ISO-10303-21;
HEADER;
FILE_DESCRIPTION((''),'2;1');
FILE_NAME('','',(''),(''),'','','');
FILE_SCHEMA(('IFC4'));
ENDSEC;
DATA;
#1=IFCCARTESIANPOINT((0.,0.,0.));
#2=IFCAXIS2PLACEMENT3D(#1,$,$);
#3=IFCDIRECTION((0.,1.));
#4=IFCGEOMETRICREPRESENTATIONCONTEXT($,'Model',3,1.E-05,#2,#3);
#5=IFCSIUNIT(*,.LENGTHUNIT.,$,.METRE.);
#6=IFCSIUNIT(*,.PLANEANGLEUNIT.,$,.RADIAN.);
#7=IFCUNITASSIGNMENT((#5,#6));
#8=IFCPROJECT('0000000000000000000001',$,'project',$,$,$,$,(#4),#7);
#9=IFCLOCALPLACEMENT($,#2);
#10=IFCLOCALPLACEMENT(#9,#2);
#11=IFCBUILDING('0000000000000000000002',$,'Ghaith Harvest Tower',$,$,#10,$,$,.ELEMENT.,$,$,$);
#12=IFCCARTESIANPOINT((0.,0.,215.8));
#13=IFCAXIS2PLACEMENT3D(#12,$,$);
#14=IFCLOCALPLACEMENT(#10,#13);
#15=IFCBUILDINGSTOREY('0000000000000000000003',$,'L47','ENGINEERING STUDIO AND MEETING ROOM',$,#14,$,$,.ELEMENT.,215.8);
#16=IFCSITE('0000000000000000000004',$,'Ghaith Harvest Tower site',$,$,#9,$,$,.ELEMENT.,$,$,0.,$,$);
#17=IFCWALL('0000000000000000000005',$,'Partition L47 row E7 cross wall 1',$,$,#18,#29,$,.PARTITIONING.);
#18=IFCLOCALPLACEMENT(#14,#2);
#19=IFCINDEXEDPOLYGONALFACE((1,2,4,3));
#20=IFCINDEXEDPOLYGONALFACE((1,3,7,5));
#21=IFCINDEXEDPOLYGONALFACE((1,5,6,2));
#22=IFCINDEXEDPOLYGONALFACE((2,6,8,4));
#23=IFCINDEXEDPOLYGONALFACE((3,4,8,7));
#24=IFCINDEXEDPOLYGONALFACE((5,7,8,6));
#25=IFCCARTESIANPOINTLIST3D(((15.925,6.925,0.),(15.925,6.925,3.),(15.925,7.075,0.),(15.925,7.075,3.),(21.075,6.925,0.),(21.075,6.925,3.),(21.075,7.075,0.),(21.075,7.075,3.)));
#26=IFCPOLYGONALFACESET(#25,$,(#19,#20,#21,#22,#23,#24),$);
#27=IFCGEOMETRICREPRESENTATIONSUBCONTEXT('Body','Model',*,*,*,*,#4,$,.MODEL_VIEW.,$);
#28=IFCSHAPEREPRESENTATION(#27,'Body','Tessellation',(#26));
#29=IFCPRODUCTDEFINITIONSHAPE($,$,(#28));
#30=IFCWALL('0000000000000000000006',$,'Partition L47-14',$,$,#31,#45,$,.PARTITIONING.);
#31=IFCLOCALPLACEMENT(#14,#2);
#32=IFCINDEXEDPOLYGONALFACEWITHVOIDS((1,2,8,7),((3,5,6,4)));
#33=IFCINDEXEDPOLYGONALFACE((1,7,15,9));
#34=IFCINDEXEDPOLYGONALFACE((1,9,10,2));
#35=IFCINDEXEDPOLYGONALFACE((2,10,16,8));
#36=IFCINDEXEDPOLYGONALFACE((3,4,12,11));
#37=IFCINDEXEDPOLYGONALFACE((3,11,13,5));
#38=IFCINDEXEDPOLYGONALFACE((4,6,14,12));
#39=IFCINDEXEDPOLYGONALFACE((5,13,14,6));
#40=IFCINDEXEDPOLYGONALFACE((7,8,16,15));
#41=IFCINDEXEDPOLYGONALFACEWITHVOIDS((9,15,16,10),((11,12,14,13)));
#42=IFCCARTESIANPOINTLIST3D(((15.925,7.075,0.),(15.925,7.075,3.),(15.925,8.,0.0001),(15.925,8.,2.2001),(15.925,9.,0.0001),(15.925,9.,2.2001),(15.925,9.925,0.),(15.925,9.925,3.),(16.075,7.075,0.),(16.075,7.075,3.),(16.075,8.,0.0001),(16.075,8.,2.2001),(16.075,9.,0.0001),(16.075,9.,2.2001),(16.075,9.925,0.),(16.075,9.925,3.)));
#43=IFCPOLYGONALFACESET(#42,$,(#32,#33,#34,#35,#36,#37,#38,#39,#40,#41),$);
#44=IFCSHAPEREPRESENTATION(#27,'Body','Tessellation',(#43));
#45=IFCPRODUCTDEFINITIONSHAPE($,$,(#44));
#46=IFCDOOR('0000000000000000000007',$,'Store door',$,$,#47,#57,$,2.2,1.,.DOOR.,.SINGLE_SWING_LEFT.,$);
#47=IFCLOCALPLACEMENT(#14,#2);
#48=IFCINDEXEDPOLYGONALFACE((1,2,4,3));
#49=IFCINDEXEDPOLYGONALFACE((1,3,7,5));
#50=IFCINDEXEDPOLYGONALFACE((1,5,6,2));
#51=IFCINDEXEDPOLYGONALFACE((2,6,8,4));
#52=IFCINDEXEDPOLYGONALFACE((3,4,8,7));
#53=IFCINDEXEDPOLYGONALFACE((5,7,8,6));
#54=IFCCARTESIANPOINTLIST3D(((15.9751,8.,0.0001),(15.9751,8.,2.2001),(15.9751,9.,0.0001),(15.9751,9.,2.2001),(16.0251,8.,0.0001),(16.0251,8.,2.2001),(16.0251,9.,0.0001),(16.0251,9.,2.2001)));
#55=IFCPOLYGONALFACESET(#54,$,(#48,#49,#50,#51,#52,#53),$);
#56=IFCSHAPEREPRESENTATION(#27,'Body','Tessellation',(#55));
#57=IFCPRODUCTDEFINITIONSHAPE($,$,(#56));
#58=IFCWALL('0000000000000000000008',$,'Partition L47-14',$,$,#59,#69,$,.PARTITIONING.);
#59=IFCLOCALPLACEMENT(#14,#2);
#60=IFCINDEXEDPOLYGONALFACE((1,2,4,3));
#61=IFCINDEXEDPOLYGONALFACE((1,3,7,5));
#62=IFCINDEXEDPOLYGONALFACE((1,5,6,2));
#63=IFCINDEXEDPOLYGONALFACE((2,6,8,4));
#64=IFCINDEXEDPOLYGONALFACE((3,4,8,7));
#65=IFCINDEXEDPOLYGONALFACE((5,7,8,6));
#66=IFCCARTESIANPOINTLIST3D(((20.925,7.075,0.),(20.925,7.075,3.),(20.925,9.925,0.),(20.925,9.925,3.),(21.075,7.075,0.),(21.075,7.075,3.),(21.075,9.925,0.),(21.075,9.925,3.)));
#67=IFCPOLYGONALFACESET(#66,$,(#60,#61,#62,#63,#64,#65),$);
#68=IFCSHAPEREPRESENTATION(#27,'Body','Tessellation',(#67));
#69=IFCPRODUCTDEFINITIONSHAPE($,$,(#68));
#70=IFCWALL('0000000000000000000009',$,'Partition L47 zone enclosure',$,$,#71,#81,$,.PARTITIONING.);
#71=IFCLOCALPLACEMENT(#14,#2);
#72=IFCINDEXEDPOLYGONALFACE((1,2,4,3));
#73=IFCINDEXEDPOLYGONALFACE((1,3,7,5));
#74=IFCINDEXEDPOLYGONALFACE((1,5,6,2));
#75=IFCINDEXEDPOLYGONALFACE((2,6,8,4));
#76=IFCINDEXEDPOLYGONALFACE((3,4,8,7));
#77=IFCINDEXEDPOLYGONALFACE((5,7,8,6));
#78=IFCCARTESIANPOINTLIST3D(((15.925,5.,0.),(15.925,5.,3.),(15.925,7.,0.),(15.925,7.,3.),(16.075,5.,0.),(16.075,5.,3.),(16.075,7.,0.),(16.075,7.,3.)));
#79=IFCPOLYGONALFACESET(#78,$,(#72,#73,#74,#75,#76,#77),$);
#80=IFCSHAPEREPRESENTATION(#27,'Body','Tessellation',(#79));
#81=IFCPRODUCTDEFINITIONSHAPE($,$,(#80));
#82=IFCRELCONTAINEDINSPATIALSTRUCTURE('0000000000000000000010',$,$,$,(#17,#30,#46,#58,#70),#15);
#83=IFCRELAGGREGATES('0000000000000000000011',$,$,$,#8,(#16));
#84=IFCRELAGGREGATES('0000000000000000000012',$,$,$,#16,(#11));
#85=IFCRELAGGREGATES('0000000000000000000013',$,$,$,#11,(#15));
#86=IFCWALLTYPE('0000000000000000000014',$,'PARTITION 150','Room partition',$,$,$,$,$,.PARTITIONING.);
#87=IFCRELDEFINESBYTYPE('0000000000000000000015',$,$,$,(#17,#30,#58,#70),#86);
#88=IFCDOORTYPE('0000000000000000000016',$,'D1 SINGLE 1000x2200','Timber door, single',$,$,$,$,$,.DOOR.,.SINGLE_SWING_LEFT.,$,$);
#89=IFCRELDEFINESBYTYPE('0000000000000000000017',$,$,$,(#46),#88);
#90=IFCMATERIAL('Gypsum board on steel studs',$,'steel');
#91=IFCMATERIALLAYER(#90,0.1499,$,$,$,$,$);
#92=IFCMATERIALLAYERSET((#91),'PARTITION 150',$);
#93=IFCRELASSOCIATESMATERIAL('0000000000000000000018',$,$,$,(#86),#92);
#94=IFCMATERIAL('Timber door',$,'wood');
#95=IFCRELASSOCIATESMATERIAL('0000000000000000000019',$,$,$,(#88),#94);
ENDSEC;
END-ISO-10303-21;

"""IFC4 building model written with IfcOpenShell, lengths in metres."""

from ifc_helpers import new_model, si_unit, direction, frame, frame_2d, origin, place, context, subcontext, project, spatial, rectangle, extrude, material, layer, layer_set, type_object, element, fill, save


model = new_model("IFC4")

# Units and contexts
model_context = context("Model", 3, precision=1e-05, world=origin(), true_north=direction((0.0, 1.0)))
body_context = subcontext(model_context, "Body", "Model", "MODEL_VIEW")
ifc_project = project(units=[si_unit("LENGTHUNIT", "METRE"), si_unit("PLANEANGLEUNIT", "RADIAN")], contexts=[model_context])

# Site, building, storey
site_placement = place(None, origin())
site = spatial("IfcSite", under=ifc_project, at=site_placement, Name="Ghaith Harvest Tower site", CompositionType="ELEMENT", RefElevation=0.0)
building_placement = place(site_placement, origin())
building = spatial("IfcBuilding", under=site, at=building_placement, Name="Ghaith Harvest Tower", CompositionType="ELEMENT")
storey_placement = place(building_placement, frame((0.0, 0.0, 215.8)))
storey = spatial("IfcBuildingStorey", under=building, at=storey_placement, Name="L47", Description="ENGINEERING STUDIO AND MEETING ROOM", CompositionType="ELEMENT", Elevation=215.8)

# Wall
ifc_material_1 = material(Name="Gypsum board on steel studs", Category="steel")
ifc_layer_1 = layer(ifc_material_1, 0.1499)
ifc_layer_set_1 = layer_set([ifc_layer_1], Name="PARTITION 150")
wall_type_1 = type_object("IfcWallType", Name="PARTITION 150", Description="Room partition", PredefinedType="PARTITIONING", material=ifc_layer_set_1)
wall_1_placement = place(storey_placement, frame((15.925, 7.0, 0.0), z_axis=(0.0, 0.0, 1.0), x_axis=(1.0, 0.0, 0.0)))
element("IfcWall", 1, at=wall_1_placement, inside=storey, type_object=wall_type_1, Name="Partition L47 row E7 cross wall 1", PredefinedType="PARTITIONING", context=body_context, shape_type="SweptSolid", body=[
    extrude(rectangle(XDim=5.1499, YDim=0.1499, at=frame_2d((2.575, 0.0))), origin(), (0.0, 0.0, 1.0), 3.0),
])

# Wall, opening, door
wall_2_placement = place(storey_placement, frame((16.0, 7.075, 0.0), z_axis=(0.0, 0.0, 1.0), x_axis=(0.0, 1.0, 0.0)))
wall_2 = element("IfcWall", 2, at=wall_2_placement, inside=storey, type_object=wall_type_1, Name="Partition L47-14", PredefinedType="PARTITIONING", context=body_context, shape_type="SweptSolid", body=[
    extrude(rectangle(XDim=2.8501, YDim=0.1499, at=frame_2d((1.425, 0.0))), origin(), (0.0, 0.0, 1.0), 3.0),
])
opening_1_placement = place(wall_2_placement, frame((0.925, 0.0, 0.0)))
opening_1 = element("IfcOpeningElement", 3, at=opening_1_placement, cuts=wall_2, PredefinedType="OPENING", context=body_context, shape_type="SweptSolid", body=[
    extrude(rectangle(XDim=1.0, YDim=2.2, at=frame_2d((0.5, 1.1001))), frame((0.0, 0.085, 0.0), z_axis=(0.0, -1.0, 0.0), x_axis=(1.0, 0.0, 0.0)), (0.0, 0.0, 1.0), 0.1699),
])
ifc_material_2 = material(Name="Timber door", Category="wood")
door_type_1 = type_object("IfcDoorType", Name="D1 SINGLE 1000x2200", Description="Timber door, single", OperationType="SINGLE_SWING_LEFT", PredefinedType="DOOR", material=ifc_material_2)
door_1_placement = place(opening_1_placement, origin())
door_1 = element("IfcDoor", 4, at=door_1_placement, inside=storey, type_object=door_type_1, Name="Store door", OperationType="SINGLE_SWING_LEFT", OverallHeight=2.2, OverallWidth=1.0, PredefinedType="DOOR", context=body_context, shape_type="SweptSolid", body=[
    extrude(rectangle(XDim=1.0, YDim=2.2, at=frame_2d((0.5, 1.1001))), frame((0.0, 0.0249, 0.0), z_axis=(0.0, -1.0, 0.0), x_axis=(1.0, 0.0, 0.0)), (0.0, 0.0, 1.0), 0.05),
])
fill(opening_1, door_1)

# Walls
wall_3_placement = place(storey_placement, frame((21.0, 7.075, 0.0), z_axis=(0.0, 0.0, 1.0), x_axis=(0.0, 1.0, 0.0)))
element("IfcWall", 5, at=wall_3_placement, inside=storey, type_object=wall_type_1, Name="Partition L47-14", PredefinedType="PARTITIONING", context=body_context, shape_type="SweptSolid", body=[
    extrude(rectangle(XDim=2.8501, YDim=0.1499, at=frame_2d((1.425, 0.0))), origin(), (0.0, 0.0, 1.0), 3.0),
])
wall_4_placement = place(storey_placement, frame((16.0, 5.0, 0.0), z_axis=(0.0, 0.0, 1.0), x_axis=(0.0, 1.0, 0.0)))
element("IfcWall", 6, at=wall_4_placement, inside=storey, type_object=wall_type_1, Name="Partition L47 zone enclosure", PredefinedType="PARTITIONING", context=body_context, shape_type="SweptSolid", body=[
    extrude(rectangle(XDim=2.0, YDim=0.1499, at=frame_2d((1.0, 0.0))), origin(), (0.0, 0.0, 1.0), 3.0),
])

save(model, "model.ifc")
